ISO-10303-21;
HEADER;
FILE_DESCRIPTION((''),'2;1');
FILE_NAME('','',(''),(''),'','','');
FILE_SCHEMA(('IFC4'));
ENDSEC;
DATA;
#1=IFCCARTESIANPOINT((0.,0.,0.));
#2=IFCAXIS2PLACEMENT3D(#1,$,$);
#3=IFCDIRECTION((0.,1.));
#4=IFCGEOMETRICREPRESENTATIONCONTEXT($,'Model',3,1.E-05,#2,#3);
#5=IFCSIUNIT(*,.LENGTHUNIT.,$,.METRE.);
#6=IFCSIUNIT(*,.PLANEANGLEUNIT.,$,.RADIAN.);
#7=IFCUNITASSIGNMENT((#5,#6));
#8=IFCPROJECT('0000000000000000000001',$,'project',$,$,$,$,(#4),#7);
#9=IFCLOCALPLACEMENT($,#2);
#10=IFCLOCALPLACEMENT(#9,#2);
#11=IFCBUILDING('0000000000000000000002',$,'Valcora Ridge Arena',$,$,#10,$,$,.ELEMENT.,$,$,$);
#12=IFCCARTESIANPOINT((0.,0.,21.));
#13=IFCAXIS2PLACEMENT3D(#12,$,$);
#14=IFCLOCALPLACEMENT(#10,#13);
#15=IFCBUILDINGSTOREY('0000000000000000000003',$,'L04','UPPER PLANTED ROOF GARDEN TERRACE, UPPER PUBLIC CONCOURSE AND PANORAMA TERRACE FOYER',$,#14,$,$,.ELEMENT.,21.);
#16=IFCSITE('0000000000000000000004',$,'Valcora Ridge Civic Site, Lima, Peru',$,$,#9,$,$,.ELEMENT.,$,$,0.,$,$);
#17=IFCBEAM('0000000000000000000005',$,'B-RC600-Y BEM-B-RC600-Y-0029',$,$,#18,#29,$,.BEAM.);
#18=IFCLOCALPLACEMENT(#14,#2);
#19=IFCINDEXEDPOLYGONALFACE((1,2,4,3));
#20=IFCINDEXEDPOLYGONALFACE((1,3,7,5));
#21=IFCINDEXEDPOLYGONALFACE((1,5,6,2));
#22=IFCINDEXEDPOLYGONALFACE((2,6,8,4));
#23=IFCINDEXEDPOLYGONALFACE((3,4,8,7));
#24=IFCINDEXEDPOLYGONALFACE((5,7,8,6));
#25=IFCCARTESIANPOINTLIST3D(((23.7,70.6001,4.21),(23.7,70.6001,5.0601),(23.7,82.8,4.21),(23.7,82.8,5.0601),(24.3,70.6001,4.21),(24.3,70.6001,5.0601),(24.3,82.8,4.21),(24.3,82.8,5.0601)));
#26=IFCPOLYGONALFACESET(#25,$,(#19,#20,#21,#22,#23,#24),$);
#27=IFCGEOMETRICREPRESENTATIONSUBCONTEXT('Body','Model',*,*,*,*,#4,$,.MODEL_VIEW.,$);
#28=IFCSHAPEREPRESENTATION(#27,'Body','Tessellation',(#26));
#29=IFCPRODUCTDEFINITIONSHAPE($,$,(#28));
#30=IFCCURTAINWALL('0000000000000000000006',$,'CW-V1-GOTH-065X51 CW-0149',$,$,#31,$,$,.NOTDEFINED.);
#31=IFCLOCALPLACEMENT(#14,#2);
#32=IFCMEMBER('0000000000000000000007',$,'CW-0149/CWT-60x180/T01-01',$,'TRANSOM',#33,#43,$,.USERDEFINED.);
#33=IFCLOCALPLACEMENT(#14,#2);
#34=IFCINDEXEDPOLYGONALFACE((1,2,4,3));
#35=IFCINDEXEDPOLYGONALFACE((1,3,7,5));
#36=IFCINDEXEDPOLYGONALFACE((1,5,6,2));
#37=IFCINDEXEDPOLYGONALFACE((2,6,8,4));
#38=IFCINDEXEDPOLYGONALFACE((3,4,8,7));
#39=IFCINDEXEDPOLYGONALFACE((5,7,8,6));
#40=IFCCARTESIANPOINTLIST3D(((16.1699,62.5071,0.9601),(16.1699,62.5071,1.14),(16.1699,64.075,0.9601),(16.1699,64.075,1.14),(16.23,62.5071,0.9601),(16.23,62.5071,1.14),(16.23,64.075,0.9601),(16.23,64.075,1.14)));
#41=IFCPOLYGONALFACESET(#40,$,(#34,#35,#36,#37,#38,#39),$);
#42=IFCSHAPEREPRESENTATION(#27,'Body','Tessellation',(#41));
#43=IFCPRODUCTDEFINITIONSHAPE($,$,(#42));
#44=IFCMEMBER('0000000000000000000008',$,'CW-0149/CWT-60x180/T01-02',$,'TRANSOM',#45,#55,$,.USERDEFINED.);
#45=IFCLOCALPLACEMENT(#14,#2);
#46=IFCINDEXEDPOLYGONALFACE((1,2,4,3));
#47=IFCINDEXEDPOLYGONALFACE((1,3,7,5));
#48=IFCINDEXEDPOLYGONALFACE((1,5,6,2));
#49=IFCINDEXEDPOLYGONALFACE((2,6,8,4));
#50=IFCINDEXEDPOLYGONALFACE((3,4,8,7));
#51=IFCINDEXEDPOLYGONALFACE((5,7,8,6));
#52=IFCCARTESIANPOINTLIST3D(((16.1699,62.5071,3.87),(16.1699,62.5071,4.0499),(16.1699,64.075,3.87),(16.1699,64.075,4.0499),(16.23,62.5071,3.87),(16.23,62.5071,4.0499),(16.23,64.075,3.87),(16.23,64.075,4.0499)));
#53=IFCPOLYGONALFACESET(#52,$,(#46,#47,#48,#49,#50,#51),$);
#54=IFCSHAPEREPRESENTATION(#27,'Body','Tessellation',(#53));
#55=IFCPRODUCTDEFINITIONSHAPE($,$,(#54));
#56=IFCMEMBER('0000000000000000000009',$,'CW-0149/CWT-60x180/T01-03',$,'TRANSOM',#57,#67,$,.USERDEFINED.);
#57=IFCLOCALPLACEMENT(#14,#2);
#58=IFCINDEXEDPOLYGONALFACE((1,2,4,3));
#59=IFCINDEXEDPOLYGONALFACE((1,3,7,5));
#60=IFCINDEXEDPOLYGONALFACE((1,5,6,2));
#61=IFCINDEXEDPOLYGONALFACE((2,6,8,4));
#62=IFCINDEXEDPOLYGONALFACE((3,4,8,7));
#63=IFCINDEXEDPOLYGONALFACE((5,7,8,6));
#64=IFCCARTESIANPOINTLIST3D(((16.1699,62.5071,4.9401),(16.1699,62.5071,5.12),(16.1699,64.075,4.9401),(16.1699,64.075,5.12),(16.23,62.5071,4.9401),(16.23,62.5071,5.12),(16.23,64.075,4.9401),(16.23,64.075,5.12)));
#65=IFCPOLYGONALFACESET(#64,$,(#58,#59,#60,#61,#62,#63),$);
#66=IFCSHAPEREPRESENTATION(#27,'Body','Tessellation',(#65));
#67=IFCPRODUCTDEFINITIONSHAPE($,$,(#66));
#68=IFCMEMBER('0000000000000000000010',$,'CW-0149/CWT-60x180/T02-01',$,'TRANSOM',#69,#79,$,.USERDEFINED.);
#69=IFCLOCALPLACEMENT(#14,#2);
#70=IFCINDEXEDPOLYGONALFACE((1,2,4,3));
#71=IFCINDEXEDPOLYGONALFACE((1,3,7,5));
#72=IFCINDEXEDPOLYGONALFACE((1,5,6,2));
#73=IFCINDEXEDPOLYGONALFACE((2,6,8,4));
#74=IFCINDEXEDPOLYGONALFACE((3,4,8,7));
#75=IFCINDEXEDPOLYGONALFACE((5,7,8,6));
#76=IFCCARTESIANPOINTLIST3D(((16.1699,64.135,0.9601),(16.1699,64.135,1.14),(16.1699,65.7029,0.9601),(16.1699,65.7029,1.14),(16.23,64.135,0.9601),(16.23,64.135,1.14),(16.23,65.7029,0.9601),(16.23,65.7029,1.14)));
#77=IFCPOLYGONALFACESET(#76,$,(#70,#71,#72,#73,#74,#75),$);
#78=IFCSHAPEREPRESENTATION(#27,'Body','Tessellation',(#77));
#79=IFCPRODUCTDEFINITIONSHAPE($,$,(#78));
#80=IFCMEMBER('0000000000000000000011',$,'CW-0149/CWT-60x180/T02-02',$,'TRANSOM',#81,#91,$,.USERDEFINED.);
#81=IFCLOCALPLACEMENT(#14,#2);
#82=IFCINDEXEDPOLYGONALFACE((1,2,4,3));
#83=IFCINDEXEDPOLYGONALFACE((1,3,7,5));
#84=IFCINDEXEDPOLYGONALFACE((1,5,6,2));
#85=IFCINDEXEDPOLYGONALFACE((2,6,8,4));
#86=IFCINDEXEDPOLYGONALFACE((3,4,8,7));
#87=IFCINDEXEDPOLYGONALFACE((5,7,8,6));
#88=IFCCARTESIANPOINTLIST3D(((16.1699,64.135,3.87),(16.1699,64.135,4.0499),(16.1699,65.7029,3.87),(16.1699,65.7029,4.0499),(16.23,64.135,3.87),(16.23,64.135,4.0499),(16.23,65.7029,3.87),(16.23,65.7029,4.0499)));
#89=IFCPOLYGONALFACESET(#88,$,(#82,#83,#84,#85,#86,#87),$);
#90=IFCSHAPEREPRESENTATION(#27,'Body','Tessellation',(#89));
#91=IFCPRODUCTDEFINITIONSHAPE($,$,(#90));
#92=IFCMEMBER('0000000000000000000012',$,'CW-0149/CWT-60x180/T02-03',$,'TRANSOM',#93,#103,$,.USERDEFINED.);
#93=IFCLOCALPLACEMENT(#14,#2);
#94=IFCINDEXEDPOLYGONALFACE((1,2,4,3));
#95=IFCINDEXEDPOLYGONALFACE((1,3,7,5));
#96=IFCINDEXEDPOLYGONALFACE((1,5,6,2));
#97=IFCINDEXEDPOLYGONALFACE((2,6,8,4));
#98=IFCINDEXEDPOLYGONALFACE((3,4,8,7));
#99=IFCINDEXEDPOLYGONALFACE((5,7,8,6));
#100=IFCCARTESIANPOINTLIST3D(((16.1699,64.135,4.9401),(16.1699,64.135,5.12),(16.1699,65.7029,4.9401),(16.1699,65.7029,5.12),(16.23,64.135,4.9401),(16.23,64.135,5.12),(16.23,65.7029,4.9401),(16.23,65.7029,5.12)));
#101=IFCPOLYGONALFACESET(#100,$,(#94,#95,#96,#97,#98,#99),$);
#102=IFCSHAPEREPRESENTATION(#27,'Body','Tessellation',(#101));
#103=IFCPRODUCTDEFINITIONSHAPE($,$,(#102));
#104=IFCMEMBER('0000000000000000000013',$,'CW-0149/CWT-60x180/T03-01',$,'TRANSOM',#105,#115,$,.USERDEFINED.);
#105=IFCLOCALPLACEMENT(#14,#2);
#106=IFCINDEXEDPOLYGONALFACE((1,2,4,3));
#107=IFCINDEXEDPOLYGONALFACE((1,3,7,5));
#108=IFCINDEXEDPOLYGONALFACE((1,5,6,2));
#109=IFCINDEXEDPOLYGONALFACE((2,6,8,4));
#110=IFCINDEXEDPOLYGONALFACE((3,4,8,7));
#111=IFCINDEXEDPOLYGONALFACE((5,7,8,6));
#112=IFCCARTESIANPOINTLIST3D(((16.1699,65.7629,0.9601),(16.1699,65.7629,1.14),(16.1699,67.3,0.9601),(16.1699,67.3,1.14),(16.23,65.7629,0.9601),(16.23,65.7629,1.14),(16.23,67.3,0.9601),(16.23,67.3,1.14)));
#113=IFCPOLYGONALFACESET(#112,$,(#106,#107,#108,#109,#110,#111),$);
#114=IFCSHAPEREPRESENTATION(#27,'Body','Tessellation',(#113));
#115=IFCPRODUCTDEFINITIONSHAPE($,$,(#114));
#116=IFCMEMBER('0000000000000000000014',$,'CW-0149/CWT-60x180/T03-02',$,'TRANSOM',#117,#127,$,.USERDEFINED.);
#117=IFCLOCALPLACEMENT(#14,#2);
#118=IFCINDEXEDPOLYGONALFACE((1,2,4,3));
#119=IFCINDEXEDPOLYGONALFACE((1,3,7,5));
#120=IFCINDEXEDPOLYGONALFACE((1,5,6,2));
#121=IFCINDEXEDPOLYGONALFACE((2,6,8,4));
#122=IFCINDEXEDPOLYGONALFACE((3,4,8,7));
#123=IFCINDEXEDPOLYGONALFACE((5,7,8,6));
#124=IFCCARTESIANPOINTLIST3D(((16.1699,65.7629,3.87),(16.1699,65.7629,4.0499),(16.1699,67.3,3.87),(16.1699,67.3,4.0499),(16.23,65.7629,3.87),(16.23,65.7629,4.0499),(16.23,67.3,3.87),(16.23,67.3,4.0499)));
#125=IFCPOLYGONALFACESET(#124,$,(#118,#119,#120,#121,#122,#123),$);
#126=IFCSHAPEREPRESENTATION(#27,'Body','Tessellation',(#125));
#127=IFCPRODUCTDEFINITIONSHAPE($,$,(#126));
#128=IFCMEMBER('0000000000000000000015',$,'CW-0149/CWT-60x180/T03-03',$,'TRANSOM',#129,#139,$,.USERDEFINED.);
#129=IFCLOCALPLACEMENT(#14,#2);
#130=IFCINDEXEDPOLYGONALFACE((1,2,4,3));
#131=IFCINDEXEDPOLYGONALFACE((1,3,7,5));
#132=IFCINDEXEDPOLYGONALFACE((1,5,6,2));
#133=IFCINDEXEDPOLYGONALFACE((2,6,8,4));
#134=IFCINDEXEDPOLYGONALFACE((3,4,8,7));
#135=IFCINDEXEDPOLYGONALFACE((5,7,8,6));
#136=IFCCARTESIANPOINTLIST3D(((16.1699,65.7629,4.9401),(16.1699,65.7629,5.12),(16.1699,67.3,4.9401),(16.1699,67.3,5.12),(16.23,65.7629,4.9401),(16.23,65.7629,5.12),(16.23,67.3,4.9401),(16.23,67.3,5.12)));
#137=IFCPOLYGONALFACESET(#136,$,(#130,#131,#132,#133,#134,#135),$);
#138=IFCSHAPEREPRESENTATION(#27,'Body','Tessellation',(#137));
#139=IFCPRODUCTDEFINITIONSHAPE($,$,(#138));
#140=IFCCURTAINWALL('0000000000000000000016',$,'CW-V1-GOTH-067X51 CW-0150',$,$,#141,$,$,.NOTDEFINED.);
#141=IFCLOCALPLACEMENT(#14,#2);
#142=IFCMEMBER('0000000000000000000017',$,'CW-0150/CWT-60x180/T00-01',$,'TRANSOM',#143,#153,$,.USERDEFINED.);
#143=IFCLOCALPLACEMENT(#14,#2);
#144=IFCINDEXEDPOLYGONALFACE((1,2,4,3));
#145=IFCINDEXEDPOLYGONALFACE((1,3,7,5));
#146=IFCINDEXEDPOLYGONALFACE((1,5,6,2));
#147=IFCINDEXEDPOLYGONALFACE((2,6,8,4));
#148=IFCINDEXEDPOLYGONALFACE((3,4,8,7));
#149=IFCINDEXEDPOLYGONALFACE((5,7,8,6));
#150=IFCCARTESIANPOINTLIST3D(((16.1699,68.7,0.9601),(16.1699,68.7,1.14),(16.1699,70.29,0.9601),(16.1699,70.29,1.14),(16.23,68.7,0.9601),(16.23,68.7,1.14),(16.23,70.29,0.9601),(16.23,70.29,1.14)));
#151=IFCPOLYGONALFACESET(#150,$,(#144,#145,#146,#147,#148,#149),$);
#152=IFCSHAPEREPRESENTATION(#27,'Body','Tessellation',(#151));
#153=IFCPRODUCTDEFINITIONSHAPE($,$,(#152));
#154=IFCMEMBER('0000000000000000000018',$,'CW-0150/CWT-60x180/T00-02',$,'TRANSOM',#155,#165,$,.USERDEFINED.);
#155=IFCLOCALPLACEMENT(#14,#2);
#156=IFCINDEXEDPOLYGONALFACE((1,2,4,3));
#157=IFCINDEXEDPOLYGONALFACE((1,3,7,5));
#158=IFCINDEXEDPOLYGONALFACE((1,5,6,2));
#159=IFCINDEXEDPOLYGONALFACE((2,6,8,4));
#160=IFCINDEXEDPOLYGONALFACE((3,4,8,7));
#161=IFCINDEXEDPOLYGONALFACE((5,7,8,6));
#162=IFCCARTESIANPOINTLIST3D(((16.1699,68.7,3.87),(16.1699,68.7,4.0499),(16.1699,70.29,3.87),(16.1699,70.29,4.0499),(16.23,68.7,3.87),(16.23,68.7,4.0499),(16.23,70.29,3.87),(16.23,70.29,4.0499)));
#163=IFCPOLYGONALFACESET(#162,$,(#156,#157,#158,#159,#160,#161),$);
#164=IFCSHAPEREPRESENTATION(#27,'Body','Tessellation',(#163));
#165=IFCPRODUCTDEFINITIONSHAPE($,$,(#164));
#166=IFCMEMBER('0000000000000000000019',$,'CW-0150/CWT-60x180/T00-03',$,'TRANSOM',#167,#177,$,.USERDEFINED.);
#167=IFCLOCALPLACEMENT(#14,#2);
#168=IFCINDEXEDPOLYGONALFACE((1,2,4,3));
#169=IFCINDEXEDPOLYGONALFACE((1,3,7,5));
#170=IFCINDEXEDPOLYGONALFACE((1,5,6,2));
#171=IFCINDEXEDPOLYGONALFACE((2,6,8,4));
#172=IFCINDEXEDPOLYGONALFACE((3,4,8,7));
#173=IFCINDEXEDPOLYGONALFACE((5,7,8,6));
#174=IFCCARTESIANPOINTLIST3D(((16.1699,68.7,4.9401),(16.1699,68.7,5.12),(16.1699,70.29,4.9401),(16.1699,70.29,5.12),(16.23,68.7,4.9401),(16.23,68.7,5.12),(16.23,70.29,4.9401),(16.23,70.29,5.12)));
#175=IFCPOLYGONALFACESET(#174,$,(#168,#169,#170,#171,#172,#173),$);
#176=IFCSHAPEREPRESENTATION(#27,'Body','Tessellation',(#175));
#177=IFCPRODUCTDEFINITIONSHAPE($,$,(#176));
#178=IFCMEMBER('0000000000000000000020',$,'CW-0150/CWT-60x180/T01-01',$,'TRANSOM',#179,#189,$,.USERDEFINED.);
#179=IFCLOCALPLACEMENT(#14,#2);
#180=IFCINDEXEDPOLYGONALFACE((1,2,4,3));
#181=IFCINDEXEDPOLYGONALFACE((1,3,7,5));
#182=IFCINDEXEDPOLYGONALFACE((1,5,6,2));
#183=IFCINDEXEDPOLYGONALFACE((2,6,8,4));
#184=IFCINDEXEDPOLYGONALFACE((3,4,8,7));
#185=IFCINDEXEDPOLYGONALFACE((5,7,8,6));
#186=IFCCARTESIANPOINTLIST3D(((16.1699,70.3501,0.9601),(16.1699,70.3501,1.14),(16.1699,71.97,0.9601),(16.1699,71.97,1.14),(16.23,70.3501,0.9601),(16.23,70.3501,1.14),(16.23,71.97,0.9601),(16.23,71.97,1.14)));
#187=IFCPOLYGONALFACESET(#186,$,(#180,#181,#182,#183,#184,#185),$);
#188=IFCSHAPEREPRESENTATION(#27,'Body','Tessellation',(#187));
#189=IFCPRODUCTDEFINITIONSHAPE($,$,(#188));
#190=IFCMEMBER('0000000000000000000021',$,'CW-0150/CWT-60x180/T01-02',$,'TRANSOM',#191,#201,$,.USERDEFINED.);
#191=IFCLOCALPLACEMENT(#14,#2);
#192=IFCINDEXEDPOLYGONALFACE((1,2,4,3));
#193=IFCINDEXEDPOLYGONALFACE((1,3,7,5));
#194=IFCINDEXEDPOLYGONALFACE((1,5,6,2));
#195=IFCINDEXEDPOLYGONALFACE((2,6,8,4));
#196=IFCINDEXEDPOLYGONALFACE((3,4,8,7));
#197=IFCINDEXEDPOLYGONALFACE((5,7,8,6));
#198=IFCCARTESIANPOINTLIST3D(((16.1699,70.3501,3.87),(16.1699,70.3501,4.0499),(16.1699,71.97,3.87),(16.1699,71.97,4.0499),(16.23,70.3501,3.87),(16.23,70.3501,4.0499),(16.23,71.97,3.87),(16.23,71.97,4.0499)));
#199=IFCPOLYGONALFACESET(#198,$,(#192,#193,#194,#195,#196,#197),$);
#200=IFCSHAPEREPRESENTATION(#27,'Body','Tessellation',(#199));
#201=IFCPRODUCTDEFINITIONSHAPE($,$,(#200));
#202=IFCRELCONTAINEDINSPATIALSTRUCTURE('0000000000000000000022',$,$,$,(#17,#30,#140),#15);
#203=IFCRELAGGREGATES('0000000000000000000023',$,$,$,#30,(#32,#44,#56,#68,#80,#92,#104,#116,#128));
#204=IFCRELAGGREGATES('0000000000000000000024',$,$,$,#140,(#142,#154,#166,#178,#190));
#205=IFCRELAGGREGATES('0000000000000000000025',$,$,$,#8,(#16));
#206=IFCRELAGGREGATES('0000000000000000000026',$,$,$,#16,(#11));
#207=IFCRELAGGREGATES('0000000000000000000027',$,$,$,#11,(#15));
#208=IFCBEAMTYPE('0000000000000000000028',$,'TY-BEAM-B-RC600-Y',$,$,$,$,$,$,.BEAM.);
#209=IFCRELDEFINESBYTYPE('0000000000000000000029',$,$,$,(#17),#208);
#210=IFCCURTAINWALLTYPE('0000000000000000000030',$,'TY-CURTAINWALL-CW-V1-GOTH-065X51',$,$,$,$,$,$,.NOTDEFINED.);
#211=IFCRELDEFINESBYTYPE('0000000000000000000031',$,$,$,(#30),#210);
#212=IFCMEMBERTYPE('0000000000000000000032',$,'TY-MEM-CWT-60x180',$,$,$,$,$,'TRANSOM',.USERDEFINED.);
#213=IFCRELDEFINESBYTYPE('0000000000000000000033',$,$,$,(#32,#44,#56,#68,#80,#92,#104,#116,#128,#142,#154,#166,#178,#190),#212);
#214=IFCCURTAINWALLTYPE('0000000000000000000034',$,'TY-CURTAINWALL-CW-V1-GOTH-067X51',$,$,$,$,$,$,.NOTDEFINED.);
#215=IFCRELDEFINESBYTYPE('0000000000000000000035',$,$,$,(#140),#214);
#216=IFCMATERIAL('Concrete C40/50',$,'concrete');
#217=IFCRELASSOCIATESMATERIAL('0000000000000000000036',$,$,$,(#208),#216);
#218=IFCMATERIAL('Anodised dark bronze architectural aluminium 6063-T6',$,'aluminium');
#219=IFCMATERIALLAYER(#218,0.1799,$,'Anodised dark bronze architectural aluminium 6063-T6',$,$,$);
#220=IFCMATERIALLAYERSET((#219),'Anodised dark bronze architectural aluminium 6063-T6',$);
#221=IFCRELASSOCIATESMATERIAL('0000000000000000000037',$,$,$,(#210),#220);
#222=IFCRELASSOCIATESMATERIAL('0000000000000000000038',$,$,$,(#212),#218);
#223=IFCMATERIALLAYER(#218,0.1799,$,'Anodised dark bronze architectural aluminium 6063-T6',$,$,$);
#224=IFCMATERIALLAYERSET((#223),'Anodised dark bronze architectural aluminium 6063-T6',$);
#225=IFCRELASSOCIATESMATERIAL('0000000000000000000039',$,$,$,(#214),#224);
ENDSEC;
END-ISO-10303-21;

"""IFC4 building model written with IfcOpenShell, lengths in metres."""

from ifc_helpers import new_model, si_unit, direction, frame, origin, origin_2d, place, context, subcontext, project, spatial, rectangle, extrude, material, layer, layer_set, material_profile, profile_set, type_object, element, aggregate, save


model = new_model("IFC4")

# Units and contexts
model_context = context("Model", 3, precision=1e-05, world=origin(), true_north=direction((0.0, 1.0)))
body_context = subcontext(model_context, "Body", "Model", "MODEL_VIEW")
ifc_project = project(units=[si_unit("LENGTHUNIT", "METRE"), si_unit("PLANEANGLEUNIT", "RADIAN")], contexts=[model_context])

# Site, building, storey
site_placement = place(None, origin())
site = spatial("IfcSite", under=ifc_project, at=site_placement, Name="Valcora Ridge Civic Site, Lima, Peru", CompositionType="ELEMENT", RefElevation=0.0)
building_placement = place(site_placement, origin())
building = spatial("IfcBuilding", under=site, at=building_placement, Name="Valcora Ridge Arena", CompositionType="ELEMENT")
storey_placement = place(building_placement, frame((0.0, 0.0, 21.0)))
storey = spatial("IfcBuildingStorey", under=building, at=storey_placement, Name="L04", Description="UPPER PLANTED ROOF GARDEN TERRACE, UPPER PUBLIC CONCOURSE AND PANORAMA TERRACE FOYER", CompositionType="ELEMENT", Elevation=21.0)

# Beam
ifc_material_1 = material(Name="Concrete C40/50", Category="concrete")
ifc_material_profile_1 = material_profile(ifc_material_1, rectangle(XDim=0.6001, YDim=0.8501, at=origin_2d()), Name="RC 600x850")
ifc_profile_set_1 = profile_set([ifc_material_profile_1], Name="Concrete C40/50")
beam_type = type_object("IfcBeamType", Name="TY-BEAM-B-RC600-Y", PredefinedType="BEAM", material=ifc_profile_set_1)
beam_placement = place(storey_placement, frame((24.0, 70.6001, 4.635), z_axis=(0.0, 1.0, 0.0), x_axis=(-1.0, 0.0, 0.0)))
element("IfcBeam", 1, at=beam_placement, inside=storey, type_object=beam_type, Name="B-RC600-Y BEM-B-RC600-Y-0029", PredefinedType="BEAM", context=body_context, shape_type="SweptSolid", body=[
    extrude(rectangle(XDim=0.6001, YDim=0.8501, at=origin_2d()), origin(), (0.0, 0.0, 1.0), 12.2),
])

# Curtain walls, members
ifc_material_2 = material(Name="Anodised dark bronze architectural aluminium 6063-T6", Category="aluminium")
ifc_layer_1 = layer(ifc_material_2, 0.1799, Name="Anodised dark bronze architectural aluminium 6063-T6")
ifc_layer_set_1 = layer_set([ifc_layer_1], Name="Anodised dark bronze architectural aluminium 6063-T6")
curtain_wall_type_1 = type_object("IfcCurtainWallType", Name="TY-CURTAINWALL-CW-V1-GOTH-065X51", PredefinedType="NOTDEFINED", material=ifc_layer_set_1)
curtain_wall_1_placement = place(storey_placement, origin())
curtain_wall_1 = element("IfcCurtainWall", 2, at=curtain_wall_1_placement, inside=storey, type_object=curtain_wall_type_1, Name="CW-V1-GOTH-065X51 CW-0149", PredefinedType="NOTDEFINED")
ifc_material_profile_2 = material_profile(ifc_material_2, rectangle(XDim=0.0601, YDim=0.1799, at=origin_2d()), Name="ALU TRANSOM 60x180")
ifc_profile_set_2 = profile_set([ifc_material_profile_2], Name="Anodised dark bronze architectural aluminium 6063-T6")
member_type = type_object("IfcMemberType", Name="TY-MEM-CWT-60x180", ElementType="TRANSOM", PredefinedType="USERDEFINED", material=ifc_profile_set_2)
member_1_placement = place(storey_placement, frame((16.2, 62.5071, 1.05), z_axis=(0.0, 1.0, 0.0), x_axis=(-1.0, 0.0, 0.0)))
member_1 = element("IfcMember", 3, at=member_1_placement, type_object=member_type, Name="CW-0149/CWT-60x180/T01-01", ObjectType="TRANSOM", PredefinedType="USERDEFINED", context=body_context, shape_type="SweptSolid", body=[
    extrude(rectangle(XDim=0.0601, YDim=0.1799, at=origin_2d()), origin(), (0.0, 0.0, 1.0), 1.5679),
])
member_2_placement = place(storey_placement, frame((16.2, 62.5071, 3.96), z_axis=(0.0, 1.0, 0.0), x_axis=(-1.0, 0.0, 0.0)))
member_2 = element("IfcMember", 4, at=member_2_placement, type_object=member_type, Name="CW-0149/CWT-60x180/T01-02", ObjectType="TRANSOM", PredefinedType="USERDEFINED", context=body_context, shape_type="SweptSolid", body=[
    extrude(rectangle(XDim=0.0601, YDim=0.1799, at=origin_2d()), origin(), (0.0, 0.0, 1.0), 1.5679),
])
member_3_placement = place(storey_placement, frame((16.2, 62.5071, 5.03), z_axis=(0.0, 1.0, 0.0), x_axis=(-1.0, 0.0, 0.0)))
member_3 = element("IfcMember", 5, at=member_3_placement, type_object=member_type, Name="CW-0149/CWT-60x180/T01-03", ObjectType="TRANSOM", PredefinedType="USERDEFINED", context=body_context, shape_type="SweptSolid", body=[
    extrude(rectangle(XDim=0.0601, YDim=0.1799, at=origin_2d()), origin(), (0.0, 0.0, 1.0), 1.5679),
])
member_4_placement = place(storey_placement, frame((16.2, 64.135, 1.05), z_axis=(0.0, 1.0, 0.0), x_axis=(-1.0, 0.0, 0.0)))
member_4 = element("IfcMember", 6, at=member_4_placement, type_object=member_type, Name="CW-0149/CWT-60x180/T02-01", ObjectType="TRANSOM", PredefinedType="USERDEFINED", context=body_context, shape_type="SweptSolid", body=[
    extrude(rectangle(XDim=0.0601, YDim=0.1799, at=origin_2d()), origin(), (0.0, 0.0, 1.0), 1.5679),
])
member_5_placement = place(storey_placement, frame((16.2, 64.135, 3.96), z_axis=(0.0, 1.0, 0.0), x_axis=(-1.0, 0.0, 0.0)))
member_5 = element("IfcMember", 7, at=member_5_placement, type_object=member_type, Name="CW-0149/CWT-60x180/T02-02", ObjectType="TRANSOM", PredefinedType="USERDEFINED", context=body_context, shape_type="SweptSolid", body=[
    extrude(rectangle(XDim=0.0601, YDim=0.1799, at=origin_2d()), origin(), (0.0, 0.0, 1.0), 1.5679),
])
member_6_placement = place(storey_placement, frame((16.2, 64.135, 5.03), z_axis=(0.0, 1.0, 0.0), x_axis=(-1.0, 0.0, 0.0)))
member_6 = element("IfcMember", 8, at=member_6_placement, type_object=member_type, Name="CW-0149/CWT-60x180/T02-03", ObjectType="TRANSOM", PredefinedType="USERDEFINED", context=body_context, shape_type="SweptSolid", body=[
    extrude(rectangle(XDim=0.0601, YDim=0.1799, at=origin_2d()), origin(), (0.0, 0.0, 1.0), 1.5679),
])
member_7_placement = place(storey_placement, frame((16.2, 65.7629, 1.05), z_axis=(0.0, 1.0, 0.0), x_axis=(-1.0, 0.0, 0.0)))
member_7 = element("IfcMember", 9, at=member_7_placement, type_object=member_type, Name="CW-0149/CWT-60x180/T03-01", ObjectType="TRANSOM", PredefinedType="USERDEFINED", context=body_context, shape_type="SweptSolid", body=[
    extrude(rectangle(XDim=0.0601, YDim=0.1799, at=origin_2d()), origin(), (0.0, 0.0, 1.0), 1.5371),
])
member_8_placement = place(storey_placement, frame((16.2, 65.7629, 3.96), z_axis=(0.0, 1.0, 0.0), x_axis=(-1.0, 0.0, 0.0)))
member_8 = element("IfcMember", 10, at=member_8_placement, type_object=member_type, Name="CW-0149/CWT-60x180/T03-02", ObjectType="TRANSOM", PredefinedType="USERDEFINED", context=body_context, shape_type="SweptSolid", body=[
    extrude(rectangle(XDim=0.0601, YDim=0.1799, at=origin_2d()), origin(), (0.0, 0.0, 1.0), 1.5371),
])
member_9_placement = place(storey_placement, frame((16.2, 65.7629, 5.03), z_axis=(0.0, 1.0, 0.0), x_axis=(-1.0, 0.0, 0.0)))
member_9 = element("IfcMember", 11, at=member_9_placement, type_object=member_type, Name="CW-0149/CWT-60x180/T03-03", ObjectType="TRANSOM", PredefinedType="USERDEFINED", context=body_context, shape_type="SweptSolid", body=[
    extrude(rectangle(XDim=0.0601, YDim=0.1799, at=origin_2d()), origin(), (0.0, 0.0, 1.0), 1.5371),
])
ifc_layer_2 = layer(ifc_material_2, 0.1799, Name="Anodised dark bronze architectural aluminium 6063-T6")
ifc_layer_set_2 = layer_set([ifc_layer_2], Name="Anodised dark bronze architectural aluminium 6063-T6")
curtain_wall_type_2 = type_object("IfcCurtainWallType", Name="TY-CURTAINWALL-CW-V1-GOTH-067X51", PredefinedType="NOTDEFINED", material=ifc_layer_set_2)
curtain_wall_2_placement = place(storey_placement, origin())
curtain_wall_2 = element("IfcCurtainWall", 12, at=curtain_wall_2_placement, inside=storey, type_object=curtain_wall_type_2, Name="CW-V1-GOTH-067X51 CW-0150", PredefinedType="NOTDEFINED")
member_10_placement = place(storey_placement, frame((16.2, 68.7, 1.05), z_axis=(0.0, 1.0, 0.0), x_axis=(-1.0, 0.0, 0.0)))
member_10 = element("IfcMember", 13, at=member_10_placement, type_object=member_type, Name="CW-0150/CWT-60x180/T00-01", ObjectType="TRANSOM", PredefinedType="USERDEFINED", context=body_context, shape_type="SweptSolid", body=[
    extrude(rectangle(XDim=0.0601, YDim=0.1799, at=origin_2d()), origin(), (0.0, 0.0, 1.0), 1.5901),
])
member_11_placement = place(storey_placement, frame((16.2, 68.7, 3.96), z_axis=(0.0, 1.0, 0.0), x_axis=(-1.0, 0.0, 0.0)))
member_11 = element("IfcMember", 14, at=member_11_placement, type_object=member_type, Name="CW-0150/CWT-60x180/T00-02", ObjectType="TRANSOM", PredefinedType="USERDEFINED", context=body_context, shape_type="SweptSolid", body=[
    extrude(rectangle(XDim=0.0601, YDim=0.1799, at=origin_2d()), origin(), (0.0, 0.0, 1.0), 1.5901),
])
member_12_placement = place(storey_placement, frame((16.2, 68.7, 5.03), z_axis=(0.0, 1.0, 0.0), x_axis=(-1.0, 0.0, 0.0)))
member_12 = element("IfcMember", 15, at=member_12_placement, type_object=member_type, Name="CW-0150/CWT-60x180/T00-03", ObjectType="TRANSOM", PredefinedType="USERDEFINED", context=body_context, shape_type="SweptSolid", body=[
    extrude(rectangle(XDim=0.0601, YDim=0.1799, at=origin_2d()), origin(), (0.0, 0.0, 1.0), 1.5901),
])
member_13_placement = place(storey_placement, frame((16.2, 70.3501, 1.05), z_axis=(0.0, 1.0, 0.0), x_axis=(-1.0, 0.0, 0.0)))
member_13 = element("IfcMember", 16, at=member_13_placement, type_object=member_type, Name="CW-0150/CWT-60x180/T01-01", ObjectType="TRANSOM", PredefinedType="USERDEFINED", context=body_context, shape_type="SweptSolid", body=[
    extrude(rectangle(XDim=0.0601, YDim=0.1799, at=origin_2d()), origin(), (0.0, 0.0, 1.0), 1.6199),
])
member_14_placement = place(storey_placement, frame((16.2, 70.3501, 3.96), z_axis=(0.0, 1.0, 0.0), x_axis=(-1.0, 0.0, 0.0)))
member_14 = element("IfcMember", 17, at=member_14_placement, type_object=member_type, Name="CW-0150/CWT-60x180/T01-02", ObjectType="TRANSOM", PredefinedType="USERDEFINED", context=body_context, shape_type="SweptSolid", body=[
    extrude(rectangle(XDim=0.0601, YDim=0.1799, at=origin_2d()), origin(), (0.0, 0.0, 1.0), 1.6199),
])

aggregate(curtain_wall_1, [member_1, member_2, member_3, member_4, member_5, member_6, member_7, member_8, member_9])
aggregate(curtain_wall_2, [member_10, member_11, member_12, member_13, member_14])

save(model, "model.ifc")
